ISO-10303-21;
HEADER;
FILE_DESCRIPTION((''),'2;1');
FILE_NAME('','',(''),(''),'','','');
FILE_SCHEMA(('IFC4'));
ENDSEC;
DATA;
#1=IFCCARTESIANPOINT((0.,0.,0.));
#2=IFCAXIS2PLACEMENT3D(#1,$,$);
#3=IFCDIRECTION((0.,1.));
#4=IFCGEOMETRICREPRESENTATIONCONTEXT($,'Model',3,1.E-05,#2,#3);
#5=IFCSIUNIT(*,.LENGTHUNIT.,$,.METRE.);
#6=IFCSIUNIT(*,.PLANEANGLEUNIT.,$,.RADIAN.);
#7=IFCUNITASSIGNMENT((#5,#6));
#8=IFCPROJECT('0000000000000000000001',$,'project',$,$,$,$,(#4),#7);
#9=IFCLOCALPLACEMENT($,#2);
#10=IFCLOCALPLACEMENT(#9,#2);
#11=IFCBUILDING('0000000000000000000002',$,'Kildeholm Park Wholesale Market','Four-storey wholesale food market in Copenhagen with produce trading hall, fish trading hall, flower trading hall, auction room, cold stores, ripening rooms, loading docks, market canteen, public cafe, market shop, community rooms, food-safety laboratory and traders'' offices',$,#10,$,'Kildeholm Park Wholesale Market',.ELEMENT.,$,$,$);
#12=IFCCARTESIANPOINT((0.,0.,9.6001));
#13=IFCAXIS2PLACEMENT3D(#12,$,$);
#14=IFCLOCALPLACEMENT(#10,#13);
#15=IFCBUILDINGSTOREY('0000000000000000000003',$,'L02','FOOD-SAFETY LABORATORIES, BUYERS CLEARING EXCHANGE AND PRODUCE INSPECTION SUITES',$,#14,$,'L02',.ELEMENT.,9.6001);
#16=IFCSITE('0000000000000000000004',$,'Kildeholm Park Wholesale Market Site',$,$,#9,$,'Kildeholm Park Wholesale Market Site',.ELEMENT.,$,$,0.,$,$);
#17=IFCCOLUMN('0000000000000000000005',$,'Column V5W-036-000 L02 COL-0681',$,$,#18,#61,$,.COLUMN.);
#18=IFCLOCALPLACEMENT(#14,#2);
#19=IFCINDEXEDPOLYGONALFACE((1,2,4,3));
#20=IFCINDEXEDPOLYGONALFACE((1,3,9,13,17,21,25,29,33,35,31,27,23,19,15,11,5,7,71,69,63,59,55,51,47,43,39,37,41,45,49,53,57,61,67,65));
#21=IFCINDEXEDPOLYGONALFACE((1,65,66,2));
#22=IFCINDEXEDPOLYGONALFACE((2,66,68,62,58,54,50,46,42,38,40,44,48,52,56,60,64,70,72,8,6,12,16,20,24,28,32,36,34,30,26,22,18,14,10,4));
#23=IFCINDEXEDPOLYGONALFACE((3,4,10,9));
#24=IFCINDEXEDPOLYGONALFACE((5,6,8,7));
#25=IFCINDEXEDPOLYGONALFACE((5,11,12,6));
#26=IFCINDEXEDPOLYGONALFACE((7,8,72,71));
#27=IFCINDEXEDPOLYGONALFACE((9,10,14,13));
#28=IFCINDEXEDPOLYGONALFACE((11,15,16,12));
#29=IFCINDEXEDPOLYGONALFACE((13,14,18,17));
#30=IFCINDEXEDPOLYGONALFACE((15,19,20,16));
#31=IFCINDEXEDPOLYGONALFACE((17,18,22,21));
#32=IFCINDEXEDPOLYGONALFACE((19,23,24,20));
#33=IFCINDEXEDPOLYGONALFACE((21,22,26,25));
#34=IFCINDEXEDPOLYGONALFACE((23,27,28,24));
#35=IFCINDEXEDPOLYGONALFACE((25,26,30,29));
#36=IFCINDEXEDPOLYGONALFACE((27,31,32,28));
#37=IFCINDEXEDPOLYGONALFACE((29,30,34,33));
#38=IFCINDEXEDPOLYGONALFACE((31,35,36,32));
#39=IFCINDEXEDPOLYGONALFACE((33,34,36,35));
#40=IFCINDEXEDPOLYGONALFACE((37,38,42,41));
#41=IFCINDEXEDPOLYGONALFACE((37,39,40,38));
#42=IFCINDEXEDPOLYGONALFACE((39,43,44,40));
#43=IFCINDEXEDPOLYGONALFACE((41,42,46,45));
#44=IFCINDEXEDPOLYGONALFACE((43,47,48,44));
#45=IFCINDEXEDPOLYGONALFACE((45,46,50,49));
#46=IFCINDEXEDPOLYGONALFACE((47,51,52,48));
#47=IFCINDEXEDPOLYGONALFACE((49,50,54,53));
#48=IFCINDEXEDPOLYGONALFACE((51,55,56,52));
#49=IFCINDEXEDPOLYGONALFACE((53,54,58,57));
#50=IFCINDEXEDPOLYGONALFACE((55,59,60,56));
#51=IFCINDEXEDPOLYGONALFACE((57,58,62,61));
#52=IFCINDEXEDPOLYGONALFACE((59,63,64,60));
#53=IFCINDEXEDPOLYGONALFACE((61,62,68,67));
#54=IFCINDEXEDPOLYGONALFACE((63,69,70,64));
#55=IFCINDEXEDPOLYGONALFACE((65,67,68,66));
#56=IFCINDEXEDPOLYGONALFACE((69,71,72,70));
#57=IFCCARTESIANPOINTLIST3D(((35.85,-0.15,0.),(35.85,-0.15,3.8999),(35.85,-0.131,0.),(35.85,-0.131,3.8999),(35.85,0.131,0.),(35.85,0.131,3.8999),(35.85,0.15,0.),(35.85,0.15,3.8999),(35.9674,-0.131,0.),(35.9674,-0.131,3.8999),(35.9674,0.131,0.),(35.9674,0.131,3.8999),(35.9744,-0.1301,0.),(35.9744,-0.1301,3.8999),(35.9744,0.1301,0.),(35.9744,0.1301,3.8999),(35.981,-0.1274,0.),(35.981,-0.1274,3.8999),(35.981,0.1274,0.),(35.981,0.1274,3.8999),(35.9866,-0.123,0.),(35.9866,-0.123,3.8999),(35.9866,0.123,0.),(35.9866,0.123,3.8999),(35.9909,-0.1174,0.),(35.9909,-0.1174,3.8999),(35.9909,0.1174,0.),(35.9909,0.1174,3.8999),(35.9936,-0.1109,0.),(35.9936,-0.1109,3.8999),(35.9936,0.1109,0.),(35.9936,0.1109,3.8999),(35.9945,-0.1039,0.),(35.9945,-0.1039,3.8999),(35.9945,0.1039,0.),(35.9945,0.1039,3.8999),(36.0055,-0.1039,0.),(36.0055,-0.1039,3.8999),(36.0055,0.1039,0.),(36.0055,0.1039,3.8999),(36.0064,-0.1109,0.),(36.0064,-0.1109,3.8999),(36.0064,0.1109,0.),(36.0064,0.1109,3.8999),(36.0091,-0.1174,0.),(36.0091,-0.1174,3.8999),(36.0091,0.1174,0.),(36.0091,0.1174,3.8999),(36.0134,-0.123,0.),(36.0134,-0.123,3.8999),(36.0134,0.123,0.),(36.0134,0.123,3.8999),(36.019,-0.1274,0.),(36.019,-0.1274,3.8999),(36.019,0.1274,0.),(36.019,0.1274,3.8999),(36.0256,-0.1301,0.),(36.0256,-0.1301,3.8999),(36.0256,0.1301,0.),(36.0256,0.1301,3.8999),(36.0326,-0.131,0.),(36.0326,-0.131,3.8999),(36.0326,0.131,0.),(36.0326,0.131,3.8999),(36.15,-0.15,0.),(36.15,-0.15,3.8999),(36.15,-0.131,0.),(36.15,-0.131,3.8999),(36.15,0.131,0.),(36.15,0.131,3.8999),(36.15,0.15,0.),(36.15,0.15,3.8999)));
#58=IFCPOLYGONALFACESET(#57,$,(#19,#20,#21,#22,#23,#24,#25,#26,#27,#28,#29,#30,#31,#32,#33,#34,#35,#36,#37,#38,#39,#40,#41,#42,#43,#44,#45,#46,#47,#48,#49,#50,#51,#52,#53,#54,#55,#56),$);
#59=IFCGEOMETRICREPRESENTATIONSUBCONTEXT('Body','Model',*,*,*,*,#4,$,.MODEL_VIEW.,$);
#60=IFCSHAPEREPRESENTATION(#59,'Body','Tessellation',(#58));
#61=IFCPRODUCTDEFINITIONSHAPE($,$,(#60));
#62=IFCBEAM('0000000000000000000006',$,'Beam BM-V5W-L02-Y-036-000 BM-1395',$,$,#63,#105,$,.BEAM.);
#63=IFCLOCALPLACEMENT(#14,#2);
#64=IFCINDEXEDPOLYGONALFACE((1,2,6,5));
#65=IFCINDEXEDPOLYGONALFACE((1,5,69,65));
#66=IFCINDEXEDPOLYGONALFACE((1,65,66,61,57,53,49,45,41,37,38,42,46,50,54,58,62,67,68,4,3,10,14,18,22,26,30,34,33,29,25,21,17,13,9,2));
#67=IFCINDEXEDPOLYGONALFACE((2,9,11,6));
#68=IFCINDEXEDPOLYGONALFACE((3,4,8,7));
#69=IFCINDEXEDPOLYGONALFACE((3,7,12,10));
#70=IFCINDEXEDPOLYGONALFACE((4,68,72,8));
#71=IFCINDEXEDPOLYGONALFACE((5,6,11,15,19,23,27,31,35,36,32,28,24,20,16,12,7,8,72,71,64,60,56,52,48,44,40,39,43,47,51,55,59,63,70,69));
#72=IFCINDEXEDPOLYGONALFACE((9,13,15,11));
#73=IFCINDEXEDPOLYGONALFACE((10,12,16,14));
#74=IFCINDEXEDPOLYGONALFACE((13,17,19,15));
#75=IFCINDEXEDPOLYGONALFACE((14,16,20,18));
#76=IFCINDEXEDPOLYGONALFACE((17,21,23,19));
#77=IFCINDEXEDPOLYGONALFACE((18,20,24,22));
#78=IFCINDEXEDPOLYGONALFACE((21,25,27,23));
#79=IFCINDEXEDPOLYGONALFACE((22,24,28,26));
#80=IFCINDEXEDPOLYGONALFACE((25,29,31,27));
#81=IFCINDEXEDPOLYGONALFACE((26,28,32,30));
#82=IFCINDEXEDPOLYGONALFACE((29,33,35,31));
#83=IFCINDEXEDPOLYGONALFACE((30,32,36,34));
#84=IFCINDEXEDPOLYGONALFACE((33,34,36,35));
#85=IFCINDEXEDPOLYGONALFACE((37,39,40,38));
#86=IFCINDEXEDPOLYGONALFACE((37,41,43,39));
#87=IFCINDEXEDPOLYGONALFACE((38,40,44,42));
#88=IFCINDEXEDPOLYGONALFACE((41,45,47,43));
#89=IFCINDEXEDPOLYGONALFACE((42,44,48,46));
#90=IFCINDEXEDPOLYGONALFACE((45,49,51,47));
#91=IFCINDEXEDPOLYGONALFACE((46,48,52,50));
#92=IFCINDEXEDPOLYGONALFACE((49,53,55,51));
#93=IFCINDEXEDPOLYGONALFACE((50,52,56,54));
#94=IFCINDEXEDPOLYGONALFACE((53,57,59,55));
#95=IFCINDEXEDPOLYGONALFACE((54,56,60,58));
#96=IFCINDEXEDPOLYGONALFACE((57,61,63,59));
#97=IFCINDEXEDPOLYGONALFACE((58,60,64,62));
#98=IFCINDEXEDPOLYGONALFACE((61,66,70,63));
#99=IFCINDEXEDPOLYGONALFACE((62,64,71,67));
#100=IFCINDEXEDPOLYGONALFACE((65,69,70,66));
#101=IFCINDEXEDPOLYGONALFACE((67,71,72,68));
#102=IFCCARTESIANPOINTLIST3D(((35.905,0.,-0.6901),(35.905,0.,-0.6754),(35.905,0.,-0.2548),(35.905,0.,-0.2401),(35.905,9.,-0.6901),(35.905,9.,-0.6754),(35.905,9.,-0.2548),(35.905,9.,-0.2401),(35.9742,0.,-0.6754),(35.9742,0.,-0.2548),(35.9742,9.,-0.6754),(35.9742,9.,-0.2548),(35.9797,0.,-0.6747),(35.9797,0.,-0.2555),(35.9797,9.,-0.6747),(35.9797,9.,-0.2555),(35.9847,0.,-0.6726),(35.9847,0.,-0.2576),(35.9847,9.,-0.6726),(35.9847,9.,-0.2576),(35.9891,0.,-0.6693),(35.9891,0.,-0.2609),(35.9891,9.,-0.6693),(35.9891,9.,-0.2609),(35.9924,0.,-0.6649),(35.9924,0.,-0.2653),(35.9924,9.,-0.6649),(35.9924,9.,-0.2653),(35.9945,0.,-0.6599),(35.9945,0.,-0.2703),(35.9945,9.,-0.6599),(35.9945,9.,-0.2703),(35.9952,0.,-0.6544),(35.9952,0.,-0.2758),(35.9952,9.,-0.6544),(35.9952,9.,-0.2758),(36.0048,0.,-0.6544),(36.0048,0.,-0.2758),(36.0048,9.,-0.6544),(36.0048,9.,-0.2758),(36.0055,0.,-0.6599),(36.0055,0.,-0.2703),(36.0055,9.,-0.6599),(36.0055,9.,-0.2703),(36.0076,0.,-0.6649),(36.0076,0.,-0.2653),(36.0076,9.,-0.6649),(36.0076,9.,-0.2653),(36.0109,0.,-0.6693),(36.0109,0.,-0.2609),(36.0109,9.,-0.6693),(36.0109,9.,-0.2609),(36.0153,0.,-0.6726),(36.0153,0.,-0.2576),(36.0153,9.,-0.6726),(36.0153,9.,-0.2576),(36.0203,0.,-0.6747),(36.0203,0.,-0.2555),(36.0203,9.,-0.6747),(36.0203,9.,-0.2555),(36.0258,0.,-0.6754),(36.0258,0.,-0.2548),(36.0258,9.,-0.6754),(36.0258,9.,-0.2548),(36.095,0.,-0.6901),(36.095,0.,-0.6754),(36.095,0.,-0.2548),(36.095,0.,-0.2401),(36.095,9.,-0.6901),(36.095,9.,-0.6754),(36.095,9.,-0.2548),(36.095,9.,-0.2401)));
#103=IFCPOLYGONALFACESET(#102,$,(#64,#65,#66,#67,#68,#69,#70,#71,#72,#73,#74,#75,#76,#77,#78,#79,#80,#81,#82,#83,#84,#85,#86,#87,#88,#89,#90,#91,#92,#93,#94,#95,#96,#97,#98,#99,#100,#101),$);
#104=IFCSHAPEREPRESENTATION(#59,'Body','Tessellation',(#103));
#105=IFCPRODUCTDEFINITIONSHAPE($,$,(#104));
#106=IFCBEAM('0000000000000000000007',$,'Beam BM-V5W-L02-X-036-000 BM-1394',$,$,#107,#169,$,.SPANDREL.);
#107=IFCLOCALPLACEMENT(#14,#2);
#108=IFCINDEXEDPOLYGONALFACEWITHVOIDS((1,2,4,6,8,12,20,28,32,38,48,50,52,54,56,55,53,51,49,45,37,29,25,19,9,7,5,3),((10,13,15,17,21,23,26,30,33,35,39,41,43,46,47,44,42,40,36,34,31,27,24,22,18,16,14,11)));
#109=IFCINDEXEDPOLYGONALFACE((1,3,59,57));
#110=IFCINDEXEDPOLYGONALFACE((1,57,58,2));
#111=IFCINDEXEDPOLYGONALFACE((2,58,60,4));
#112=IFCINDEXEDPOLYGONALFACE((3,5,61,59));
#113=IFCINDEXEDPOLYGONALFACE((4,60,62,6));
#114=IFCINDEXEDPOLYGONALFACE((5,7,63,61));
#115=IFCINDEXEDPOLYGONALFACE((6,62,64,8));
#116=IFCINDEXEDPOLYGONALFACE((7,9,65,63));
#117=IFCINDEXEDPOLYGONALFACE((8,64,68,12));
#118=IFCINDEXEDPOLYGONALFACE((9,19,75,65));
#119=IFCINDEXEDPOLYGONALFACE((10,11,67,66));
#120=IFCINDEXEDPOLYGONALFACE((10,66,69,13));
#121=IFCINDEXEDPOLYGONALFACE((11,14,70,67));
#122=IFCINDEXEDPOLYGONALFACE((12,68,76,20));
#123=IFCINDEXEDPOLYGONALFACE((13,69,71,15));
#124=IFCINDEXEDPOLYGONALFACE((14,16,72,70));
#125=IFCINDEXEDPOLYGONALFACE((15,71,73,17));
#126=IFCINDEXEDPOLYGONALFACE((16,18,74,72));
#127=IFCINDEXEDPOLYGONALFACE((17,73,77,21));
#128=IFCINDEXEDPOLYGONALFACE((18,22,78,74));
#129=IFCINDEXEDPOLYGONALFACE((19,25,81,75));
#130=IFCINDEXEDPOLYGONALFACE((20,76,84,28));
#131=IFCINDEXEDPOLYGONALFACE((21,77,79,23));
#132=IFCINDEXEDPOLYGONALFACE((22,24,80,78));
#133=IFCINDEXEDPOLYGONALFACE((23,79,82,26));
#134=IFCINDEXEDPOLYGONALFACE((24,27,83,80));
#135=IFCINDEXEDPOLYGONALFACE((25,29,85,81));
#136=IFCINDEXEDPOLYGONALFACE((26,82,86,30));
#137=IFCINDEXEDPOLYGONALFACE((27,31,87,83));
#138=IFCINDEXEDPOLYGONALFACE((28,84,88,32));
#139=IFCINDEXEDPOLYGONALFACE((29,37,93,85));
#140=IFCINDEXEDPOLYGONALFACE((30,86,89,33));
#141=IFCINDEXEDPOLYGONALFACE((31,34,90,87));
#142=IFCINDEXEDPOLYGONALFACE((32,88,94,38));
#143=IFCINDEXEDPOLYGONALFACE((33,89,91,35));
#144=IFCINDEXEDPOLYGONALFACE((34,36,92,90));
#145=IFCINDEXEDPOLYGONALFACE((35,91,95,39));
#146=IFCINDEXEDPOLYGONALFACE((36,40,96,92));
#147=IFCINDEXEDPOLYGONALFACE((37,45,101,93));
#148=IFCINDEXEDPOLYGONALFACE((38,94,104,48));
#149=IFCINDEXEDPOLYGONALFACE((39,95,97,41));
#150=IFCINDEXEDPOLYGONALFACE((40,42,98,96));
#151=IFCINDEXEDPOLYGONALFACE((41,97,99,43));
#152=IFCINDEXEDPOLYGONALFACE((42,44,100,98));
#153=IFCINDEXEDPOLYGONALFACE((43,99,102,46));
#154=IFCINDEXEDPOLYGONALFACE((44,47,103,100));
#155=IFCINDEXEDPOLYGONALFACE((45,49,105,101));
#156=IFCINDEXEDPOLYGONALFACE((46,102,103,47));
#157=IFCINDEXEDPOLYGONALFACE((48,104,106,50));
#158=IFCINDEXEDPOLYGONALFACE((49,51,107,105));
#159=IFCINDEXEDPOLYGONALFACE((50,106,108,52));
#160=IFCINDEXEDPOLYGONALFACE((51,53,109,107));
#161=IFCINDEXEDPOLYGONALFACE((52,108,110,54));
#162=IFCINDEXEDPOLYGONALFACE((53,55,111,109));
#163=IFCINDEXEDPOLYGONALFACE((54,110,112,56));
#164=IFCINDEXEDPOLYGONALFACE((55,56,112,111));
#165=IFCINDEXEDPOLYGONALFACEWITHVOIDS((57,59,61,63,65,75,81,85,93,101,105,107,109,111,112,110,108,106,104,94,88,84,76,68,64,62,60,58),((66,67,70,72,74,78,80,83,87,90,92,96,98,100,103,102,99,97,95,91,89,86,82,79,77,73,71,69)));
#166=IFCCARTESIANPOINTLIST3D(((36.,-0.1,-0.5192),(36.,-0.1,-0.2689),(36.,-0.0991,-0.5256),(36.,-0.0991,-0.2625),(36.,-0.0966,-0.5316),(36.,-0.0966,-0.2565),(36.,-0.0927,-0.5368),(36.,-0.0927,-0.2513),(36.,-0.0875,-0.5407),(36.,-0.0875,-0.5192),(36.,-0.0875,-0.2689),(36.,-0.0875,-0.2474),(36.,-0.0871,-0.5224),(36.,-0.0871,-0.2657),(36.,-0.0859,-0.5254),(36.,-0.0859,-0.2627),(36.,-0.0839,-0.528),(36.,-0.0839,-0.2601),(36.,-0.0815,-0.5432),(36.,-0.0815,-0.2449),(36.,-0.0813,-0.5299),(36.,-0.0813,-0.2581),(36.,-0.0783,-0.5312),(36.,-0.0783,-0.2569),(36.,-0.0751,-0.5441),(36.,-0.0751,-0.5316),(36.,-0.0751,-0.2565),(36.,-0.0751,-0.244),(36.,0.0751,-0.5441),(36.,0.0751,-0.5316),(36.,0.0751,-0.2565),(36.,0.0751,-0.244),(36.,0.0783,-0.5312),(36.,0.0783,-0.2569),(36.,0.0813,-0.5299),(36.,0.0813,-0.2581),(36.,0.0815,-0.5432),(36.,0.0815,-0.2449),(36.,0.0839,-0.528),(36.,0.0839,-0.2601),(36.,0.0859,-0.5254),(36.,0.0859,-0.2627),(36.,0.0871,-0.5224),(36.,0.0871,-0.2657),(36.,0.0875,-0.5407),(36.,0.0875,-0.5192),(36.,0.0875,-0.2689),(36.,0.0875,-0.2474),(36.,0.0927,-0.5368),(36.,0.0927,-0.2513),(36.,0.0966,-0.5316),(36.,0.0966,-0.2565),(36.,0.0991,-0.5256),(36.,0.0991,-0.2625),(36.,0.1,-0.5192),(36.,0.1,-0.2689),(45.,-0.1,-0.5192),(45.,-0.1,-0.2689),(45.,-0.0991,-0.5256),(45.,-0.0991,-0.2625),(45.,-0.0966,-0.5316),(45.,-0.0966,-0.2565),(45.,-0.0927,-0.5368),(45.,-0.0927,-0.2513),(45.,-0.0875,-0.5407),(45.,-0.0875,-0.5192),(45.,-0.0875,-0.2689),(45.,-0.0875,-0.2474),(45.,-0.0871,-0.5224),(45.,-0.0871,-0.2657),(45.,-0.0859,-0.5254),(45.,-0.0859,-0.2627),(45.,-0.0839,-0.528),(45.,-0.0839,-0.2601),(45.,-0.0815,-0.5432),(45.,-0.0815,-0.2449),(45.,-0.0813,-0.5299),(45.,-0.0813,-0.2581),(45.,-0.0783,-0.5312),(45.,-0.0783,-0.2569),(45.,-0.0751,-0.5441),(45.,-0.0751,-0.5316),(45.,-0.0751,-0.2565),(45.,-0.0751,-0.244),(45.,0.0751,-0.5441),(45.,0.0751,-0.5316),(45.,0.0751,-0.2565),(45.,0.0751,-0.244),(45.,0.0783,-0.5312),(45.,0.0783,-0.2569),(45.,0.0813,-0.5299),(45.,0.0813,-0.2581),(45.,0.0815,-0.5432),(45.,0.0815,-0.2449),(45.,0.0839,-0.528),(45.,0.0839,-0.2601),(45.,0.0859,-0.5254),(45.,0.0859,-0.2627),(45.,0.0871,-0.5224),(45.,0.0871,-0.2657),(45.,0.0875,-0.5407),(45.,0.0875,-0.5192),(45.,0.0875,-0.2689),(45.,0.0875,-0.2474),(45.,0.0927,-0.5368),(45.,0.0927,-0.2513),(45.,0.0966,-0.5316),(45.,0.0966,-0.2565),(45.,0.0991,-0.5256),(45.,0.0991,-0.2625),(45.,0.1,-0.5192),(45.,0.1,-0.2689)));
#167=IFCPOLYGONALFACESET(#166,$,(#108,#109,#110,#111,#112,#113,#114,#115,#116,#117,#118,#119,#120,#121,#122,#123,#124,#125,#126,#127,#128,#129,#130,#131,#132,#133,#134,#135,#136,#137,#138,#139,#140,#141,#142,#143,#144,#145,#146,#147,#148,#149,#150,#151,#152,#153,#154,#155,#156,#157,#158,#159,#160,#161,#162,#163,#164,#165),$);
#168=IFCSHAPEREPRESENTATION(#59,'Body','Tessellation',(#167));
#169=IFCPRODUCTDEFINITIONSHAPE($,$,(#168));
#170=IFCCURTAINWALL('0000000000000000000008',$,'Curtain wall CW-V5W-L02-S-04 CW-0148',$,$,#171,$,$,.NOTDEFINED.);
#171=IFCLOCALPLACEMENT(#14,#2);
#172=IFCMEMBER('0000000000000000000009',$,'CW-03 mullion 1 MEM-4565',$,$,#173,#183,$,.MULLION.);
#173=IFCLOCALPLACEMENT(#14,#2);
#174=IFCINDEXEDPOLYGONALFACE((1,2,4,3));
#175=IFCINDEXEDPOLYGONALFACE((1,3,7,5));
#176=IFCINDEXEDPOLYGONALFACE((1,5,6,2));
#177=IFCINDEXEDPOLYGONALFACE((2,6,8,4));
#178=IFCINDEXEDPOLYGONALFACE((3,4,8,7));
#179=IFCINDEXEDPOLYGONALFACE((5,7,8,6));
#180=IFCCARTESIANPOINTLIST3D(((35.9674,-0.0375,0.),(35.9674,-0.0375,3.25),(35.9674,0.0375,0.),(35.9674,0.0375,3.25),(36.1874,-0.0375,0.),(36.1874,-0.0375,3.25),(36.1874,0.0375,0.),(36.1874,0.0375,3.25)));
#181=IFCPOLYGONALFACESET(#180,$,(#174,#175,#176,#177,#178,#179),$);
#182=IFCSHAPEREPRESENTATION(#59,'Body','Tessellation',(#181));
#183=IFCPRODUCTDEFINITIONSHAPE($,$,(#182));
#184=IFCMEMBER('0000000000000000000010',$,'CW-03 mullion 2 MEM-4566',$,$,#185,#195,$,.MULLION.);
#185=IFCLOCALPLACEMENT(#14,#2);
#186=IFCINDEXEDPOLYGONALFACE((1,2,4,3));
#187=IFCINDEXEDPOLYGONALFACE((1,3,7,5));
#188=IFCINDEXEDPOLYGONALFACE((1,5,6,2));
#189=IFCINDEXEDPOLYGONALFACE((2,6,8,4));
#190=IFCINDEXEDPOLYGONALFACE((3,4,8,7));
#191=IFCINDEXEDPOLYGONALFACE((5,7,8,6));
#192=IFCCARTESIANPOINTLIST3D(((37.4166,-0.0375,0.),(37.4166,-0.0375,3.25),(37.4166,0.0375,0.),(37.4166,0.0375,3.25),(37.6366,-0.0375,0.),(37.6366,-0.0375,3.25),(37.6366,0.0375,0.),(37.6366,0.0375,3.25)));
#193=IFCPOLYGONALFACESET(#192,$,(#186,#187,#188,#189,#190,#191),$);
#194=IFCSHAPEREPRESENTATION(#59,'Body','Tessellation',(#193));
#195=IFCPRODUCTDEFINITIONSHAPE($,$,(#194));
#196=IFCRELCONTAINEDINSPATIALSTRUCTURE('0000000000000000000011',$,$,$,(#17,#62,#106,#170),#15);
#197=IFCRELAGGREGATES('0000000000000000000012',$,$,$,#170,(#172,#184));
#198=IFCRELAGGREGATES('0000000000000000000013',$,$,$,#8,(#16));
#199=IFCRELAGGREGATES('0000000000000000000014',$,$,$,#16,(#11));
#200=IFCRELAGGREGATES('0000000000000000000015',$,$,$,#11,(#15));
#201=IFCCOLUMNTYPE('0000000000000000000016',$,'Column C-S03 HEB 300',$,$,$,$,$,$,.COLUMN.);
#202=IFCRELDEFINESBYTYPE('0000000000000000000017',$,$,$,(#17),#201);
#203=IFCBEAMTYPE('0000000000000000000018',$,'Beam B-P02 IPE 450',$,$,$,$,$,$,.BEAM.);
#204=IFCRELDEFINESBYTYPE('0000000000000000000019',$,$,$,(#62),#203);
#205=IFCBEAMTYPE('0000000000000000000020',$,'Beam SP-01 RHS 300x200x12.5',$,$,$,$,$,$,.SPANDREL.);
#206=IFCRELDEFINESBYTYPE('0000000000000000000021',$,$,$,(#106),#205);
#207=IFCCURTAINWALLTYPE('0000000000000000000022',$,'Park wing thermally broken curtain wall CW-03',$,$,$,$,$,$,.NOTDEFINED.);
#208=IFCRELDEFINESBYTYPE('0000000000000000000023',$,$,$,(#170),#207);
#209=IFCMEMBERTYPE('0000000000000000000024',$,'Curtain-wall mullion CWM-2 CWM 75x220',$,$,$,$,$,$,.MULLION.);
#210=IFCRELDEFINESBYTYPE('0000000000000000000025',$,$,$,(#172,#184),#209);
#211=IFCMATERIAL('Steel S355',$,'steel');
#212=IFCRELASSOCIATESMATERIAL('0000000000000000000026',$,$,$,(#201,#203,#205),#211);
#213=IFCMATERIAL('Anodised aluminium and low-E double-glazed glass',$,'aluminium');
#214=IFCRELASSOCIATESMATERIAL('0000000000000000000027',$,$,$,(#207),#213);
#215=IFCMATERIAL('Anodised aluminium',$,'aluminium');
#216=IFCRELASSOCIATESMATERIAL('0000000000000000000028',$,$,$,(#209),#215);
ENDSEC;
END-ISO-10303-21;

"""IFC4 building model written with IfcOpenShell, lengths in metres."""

from ifc_helpers import new_model, si_unit, direction, frame, origin, origin_2d, place, context, subcontext, project, spatial, rectangle, hollow_rectangle, i_section, extrude, material, material_profile, profile_set, type_object, element, aggregate, save


model = new_model("IFC4")

# Units and contexts
model_context = context("Model", 3, precision=1e-05, world=origin(), true_north=direction((0.0, 1.0)))
body_context = subcontext(model_context, "Body", "Model", "MODEL_VIEW")
ifc_project = project(units=[si_unit("LENGTHUNIT", "METRE"), si_unit("PLANEANGLEUNIT", "RADIAN")], contexts=[model_context])

# Site, building, storey
site_placement = place(None, origin())
site = spatial("IfcSite", under=ifc_project, at=site_placement, Name="Kildeholm Park Wholesale Market Site", LongName="Kildeholm Park Wholesale Market Site", CompositionType="ELEMENT", RefElevation=0.0)
building_placement = place(site_placement, origin())
building = spatial("IfcBuilding", under=site, at=building_placement, Name="Kildeholm Park Wholesale Market", Description="Four-storey wholesale food market in Copenhagen with produce trading hall, fish trading hall, flower trading hall, auction room, cold stores, ripening rooms, loading docks, market canteen, public cafe, market shop, community rooms, food-safety laboratory and traders' offices", LongName="Kildeholm Park Wholesale Market", CompositionType="ELEMENT")
storey_placement = place(building_placement, frame((0.0, 0.0, 9.6001)))
storey = spatial("IfcBuildingStorey", under=building, at=storey_placement, Name="L02", Description="FOOD-SAFETY LABORATORIES, BUYERS CLEARING EXCHANGE AND PRODUCE INSPECTION SUITES", LongName="L02", CompositionType="ELEMENT", Elevation=9.6001)

# Column
ifc_material_1 = material(Name="Steel S355", Category="steel")
ifc_material_profile_1 = material_profile(ifc_material_1, i_section(OverallWidth=0.3, OverallDepth=0.3, WebThickness=0.011, FlangeThickness=0.019, FilletRadius=0.0271, at=origin_2d()), Name="HEB 300")
ifc_profile_set_1 = profile_set([ifc_material_profile_1], Name="Steel S355")
column_type = type_object("IfcColumnType", Name="Column C-S03 HEB 300", PredefinedType="COLUMN", material=ifc_profile_set_1)
column_placement = place(storey_placement, frame((36.0, 0.0, 0.0), z_axis=(0.0, 0.0, 1.0), x_axis=(1.0, 0.0, 0.0)))
element("IfcColumn", 1, at=column_placement, inside=storey, type_object=column_type, Name="Column V5W-036-000 L02 COL-0681", PredefinedType="COLUMN", context=body_context, shape_type="SweptSolid", body=[
    extrude(i_section(OverallWidth=0.3, OverallDepth=0.3, WebThickness=0.011, FlangeThickness=0.019, FilletRadius=0.0271, at=origin_2d()), origin(), (0.0, 0.0, 1.0), 3.8999),
])

# Beams
ifc_material_profile_2 = material_profile(ifc_material_1, i_section(OverallWidth=0.1899, OverallDepth=0.45, WebThickness=0.0095, FlangeThickness=0.0146, FilletRadius=0.021, at=origin_2d()), Name="IPE 450")
ifc_profile_set_2 = profile_set([ifc_material_profile_2], Name="Steel S355")
beam_type_1 = type_object("IfcBeamType", Name="Beam B-P02 IPE 450", PredefinedType="BEAM", material=ifc_profile_set_2)
beam_1_placement = place(storey_placement, frame((36.0, 0.0, -0.4651), z_axis=(0.0, 1.0, 0.0), x_axis=(-1.0, 0.0, 0.0)))
element("IfcBeam", 2, at=beam_1_placement, inside=storey, type_object=beam_type_1, Name="Beam BM-V5W-L02-Y-036-000 BM-1395", PredefinedType="BEAM", context=body_context, shape_type="SweptSolid", body=[
    extrude(i_section(OverallWidth=0.1899, OverallDepth=0.45, WebThickness=0.0095, FlangeThickness=0.0146, FilletRadius=0.021, at=origin_2d()), origin(), (0.0, 0.0, 1.0), 9.0),
])
ifc_material_profile_3 = material_profile(ifc_material_1, hollow_rectangle(XDim=0.2, YDim=0.3, WallThickness=0.0125, InnerFilletRadius=0.0125, OuterFilletRadius=0.0249, at=origin_2d()), Name="RHS 300x200x12.5")
ifc_profile_set_3 = profile_set([ifc_material_profile_3], Name="Steel S355")
beam_type_2 = type_object("IfcBeamType", Name="Beam SP-01 RHS 300x200x12.5", PredefinedType="SPANDREL", material=ifc_profile_set_3)
beam_2_placement = place(storey_placement, frame((36.0, 0.0, -0.394), z_axis=(1.0, 0.0, 0.0), x_axis=(0.0, 1.0, 0.0)))
element("IfcBeam", 3, at=beam_2_placement, inside=storey, type_object=beam_type_2, Name="Beam BM-V5W-L02-X-036-000 BM-1394", PredefinedType="SPANDREL", context=body_context, shape_type="SweptSolid", body=[
    extrude(hollow_rectangle(XDim=0.2, YDim=0.3, WallThickness=0.0125, InnerFilletRadius=0.0125, OuterFilletRadius=0.0249, at=origin_2d()), origin(), (0.0, 0.0, 1.0), 9.0),
])

# Curtain wall, members
ifc_material_2 = material(Name="Anodised aluminium and low-E double-glazed glass", Category="aluminium")
curtain_wall_type = type_object("IfcCurtainWallType", Name="Park wing thermally broken curtain wall CW-03", PredefinedType="NOTDEFINED", material=ifc_material_2)
curtain_wall_placement = place(storey_placement, origin())
curtain_wall = element("IfcCurtainWall", 4, at=curtain_wall_placement, inside=storey, type_object=curtain_wall_type, Name="Curtain wall CW-V5W-L02-S-04 CW-0148", PredefinedType="NOTDEFINED")
ifc_material_3 = material(Name="Anodised aluminium", Category="aluminium")
ifc_material_profile_4 = material_profile(ifc_material_3, rectangle(XDim=0.075, YDim=0.22, at=origin_2d()), Name="CWM 75x220")
ifc_profile_set_4 = profile_set([ifc_material_profile_4], Name="Anodised aluminium")
member_type_1 = type_object("IfcMemberType", Name="Curtain-wall mullion CWM-2 CWM 75x220", PredefinedType="MULLION", material=ifc_profile_set_4)
member_1_placement = place(storey_placement, frame((36.0774, 0.0, 0.0), z_axis=(0.0, 0.0, 1.0), x_axis=(0.0, 1.0, 0.0)))
member_1 = element("IfcMember", 5, at=member_1_placement, type_object=member_type_1, Name="CW-03 mullion 1 MEM-4565", PredefinedType="MULLION", context=body_context, shape_type="SweptSolid", body=[
    extrude(rectangle(XDim=0.075, YDim=0.22, at=origin_2d()), origin(), (0.0, 0.0, 1.0), 3.25),
])
member_2_placement = place(storey_placement, frame((37.5266, 0.0, 0.0), z_axis=(0.0, 0.0, 1.0), x_axis=(0.0, 1.0, 0.0)))
member_2 = element("IfcMember", 6, at=member_2_placement, type_object=member_type_1, Name="CW-03 mullion 2 MEM-4566", PredefinedType="MULLION", context=body_context, shape_type="SweptSolid", body=[
    extrude(rectangle(XDim=0.075, YDim=0.22, at=origin_2d()), origin(), (0.0, 0.0, 1.0), 3.25),
])
aggregate(curtain_wall, [member_1, member_2])

save(model, "model.ifc")
